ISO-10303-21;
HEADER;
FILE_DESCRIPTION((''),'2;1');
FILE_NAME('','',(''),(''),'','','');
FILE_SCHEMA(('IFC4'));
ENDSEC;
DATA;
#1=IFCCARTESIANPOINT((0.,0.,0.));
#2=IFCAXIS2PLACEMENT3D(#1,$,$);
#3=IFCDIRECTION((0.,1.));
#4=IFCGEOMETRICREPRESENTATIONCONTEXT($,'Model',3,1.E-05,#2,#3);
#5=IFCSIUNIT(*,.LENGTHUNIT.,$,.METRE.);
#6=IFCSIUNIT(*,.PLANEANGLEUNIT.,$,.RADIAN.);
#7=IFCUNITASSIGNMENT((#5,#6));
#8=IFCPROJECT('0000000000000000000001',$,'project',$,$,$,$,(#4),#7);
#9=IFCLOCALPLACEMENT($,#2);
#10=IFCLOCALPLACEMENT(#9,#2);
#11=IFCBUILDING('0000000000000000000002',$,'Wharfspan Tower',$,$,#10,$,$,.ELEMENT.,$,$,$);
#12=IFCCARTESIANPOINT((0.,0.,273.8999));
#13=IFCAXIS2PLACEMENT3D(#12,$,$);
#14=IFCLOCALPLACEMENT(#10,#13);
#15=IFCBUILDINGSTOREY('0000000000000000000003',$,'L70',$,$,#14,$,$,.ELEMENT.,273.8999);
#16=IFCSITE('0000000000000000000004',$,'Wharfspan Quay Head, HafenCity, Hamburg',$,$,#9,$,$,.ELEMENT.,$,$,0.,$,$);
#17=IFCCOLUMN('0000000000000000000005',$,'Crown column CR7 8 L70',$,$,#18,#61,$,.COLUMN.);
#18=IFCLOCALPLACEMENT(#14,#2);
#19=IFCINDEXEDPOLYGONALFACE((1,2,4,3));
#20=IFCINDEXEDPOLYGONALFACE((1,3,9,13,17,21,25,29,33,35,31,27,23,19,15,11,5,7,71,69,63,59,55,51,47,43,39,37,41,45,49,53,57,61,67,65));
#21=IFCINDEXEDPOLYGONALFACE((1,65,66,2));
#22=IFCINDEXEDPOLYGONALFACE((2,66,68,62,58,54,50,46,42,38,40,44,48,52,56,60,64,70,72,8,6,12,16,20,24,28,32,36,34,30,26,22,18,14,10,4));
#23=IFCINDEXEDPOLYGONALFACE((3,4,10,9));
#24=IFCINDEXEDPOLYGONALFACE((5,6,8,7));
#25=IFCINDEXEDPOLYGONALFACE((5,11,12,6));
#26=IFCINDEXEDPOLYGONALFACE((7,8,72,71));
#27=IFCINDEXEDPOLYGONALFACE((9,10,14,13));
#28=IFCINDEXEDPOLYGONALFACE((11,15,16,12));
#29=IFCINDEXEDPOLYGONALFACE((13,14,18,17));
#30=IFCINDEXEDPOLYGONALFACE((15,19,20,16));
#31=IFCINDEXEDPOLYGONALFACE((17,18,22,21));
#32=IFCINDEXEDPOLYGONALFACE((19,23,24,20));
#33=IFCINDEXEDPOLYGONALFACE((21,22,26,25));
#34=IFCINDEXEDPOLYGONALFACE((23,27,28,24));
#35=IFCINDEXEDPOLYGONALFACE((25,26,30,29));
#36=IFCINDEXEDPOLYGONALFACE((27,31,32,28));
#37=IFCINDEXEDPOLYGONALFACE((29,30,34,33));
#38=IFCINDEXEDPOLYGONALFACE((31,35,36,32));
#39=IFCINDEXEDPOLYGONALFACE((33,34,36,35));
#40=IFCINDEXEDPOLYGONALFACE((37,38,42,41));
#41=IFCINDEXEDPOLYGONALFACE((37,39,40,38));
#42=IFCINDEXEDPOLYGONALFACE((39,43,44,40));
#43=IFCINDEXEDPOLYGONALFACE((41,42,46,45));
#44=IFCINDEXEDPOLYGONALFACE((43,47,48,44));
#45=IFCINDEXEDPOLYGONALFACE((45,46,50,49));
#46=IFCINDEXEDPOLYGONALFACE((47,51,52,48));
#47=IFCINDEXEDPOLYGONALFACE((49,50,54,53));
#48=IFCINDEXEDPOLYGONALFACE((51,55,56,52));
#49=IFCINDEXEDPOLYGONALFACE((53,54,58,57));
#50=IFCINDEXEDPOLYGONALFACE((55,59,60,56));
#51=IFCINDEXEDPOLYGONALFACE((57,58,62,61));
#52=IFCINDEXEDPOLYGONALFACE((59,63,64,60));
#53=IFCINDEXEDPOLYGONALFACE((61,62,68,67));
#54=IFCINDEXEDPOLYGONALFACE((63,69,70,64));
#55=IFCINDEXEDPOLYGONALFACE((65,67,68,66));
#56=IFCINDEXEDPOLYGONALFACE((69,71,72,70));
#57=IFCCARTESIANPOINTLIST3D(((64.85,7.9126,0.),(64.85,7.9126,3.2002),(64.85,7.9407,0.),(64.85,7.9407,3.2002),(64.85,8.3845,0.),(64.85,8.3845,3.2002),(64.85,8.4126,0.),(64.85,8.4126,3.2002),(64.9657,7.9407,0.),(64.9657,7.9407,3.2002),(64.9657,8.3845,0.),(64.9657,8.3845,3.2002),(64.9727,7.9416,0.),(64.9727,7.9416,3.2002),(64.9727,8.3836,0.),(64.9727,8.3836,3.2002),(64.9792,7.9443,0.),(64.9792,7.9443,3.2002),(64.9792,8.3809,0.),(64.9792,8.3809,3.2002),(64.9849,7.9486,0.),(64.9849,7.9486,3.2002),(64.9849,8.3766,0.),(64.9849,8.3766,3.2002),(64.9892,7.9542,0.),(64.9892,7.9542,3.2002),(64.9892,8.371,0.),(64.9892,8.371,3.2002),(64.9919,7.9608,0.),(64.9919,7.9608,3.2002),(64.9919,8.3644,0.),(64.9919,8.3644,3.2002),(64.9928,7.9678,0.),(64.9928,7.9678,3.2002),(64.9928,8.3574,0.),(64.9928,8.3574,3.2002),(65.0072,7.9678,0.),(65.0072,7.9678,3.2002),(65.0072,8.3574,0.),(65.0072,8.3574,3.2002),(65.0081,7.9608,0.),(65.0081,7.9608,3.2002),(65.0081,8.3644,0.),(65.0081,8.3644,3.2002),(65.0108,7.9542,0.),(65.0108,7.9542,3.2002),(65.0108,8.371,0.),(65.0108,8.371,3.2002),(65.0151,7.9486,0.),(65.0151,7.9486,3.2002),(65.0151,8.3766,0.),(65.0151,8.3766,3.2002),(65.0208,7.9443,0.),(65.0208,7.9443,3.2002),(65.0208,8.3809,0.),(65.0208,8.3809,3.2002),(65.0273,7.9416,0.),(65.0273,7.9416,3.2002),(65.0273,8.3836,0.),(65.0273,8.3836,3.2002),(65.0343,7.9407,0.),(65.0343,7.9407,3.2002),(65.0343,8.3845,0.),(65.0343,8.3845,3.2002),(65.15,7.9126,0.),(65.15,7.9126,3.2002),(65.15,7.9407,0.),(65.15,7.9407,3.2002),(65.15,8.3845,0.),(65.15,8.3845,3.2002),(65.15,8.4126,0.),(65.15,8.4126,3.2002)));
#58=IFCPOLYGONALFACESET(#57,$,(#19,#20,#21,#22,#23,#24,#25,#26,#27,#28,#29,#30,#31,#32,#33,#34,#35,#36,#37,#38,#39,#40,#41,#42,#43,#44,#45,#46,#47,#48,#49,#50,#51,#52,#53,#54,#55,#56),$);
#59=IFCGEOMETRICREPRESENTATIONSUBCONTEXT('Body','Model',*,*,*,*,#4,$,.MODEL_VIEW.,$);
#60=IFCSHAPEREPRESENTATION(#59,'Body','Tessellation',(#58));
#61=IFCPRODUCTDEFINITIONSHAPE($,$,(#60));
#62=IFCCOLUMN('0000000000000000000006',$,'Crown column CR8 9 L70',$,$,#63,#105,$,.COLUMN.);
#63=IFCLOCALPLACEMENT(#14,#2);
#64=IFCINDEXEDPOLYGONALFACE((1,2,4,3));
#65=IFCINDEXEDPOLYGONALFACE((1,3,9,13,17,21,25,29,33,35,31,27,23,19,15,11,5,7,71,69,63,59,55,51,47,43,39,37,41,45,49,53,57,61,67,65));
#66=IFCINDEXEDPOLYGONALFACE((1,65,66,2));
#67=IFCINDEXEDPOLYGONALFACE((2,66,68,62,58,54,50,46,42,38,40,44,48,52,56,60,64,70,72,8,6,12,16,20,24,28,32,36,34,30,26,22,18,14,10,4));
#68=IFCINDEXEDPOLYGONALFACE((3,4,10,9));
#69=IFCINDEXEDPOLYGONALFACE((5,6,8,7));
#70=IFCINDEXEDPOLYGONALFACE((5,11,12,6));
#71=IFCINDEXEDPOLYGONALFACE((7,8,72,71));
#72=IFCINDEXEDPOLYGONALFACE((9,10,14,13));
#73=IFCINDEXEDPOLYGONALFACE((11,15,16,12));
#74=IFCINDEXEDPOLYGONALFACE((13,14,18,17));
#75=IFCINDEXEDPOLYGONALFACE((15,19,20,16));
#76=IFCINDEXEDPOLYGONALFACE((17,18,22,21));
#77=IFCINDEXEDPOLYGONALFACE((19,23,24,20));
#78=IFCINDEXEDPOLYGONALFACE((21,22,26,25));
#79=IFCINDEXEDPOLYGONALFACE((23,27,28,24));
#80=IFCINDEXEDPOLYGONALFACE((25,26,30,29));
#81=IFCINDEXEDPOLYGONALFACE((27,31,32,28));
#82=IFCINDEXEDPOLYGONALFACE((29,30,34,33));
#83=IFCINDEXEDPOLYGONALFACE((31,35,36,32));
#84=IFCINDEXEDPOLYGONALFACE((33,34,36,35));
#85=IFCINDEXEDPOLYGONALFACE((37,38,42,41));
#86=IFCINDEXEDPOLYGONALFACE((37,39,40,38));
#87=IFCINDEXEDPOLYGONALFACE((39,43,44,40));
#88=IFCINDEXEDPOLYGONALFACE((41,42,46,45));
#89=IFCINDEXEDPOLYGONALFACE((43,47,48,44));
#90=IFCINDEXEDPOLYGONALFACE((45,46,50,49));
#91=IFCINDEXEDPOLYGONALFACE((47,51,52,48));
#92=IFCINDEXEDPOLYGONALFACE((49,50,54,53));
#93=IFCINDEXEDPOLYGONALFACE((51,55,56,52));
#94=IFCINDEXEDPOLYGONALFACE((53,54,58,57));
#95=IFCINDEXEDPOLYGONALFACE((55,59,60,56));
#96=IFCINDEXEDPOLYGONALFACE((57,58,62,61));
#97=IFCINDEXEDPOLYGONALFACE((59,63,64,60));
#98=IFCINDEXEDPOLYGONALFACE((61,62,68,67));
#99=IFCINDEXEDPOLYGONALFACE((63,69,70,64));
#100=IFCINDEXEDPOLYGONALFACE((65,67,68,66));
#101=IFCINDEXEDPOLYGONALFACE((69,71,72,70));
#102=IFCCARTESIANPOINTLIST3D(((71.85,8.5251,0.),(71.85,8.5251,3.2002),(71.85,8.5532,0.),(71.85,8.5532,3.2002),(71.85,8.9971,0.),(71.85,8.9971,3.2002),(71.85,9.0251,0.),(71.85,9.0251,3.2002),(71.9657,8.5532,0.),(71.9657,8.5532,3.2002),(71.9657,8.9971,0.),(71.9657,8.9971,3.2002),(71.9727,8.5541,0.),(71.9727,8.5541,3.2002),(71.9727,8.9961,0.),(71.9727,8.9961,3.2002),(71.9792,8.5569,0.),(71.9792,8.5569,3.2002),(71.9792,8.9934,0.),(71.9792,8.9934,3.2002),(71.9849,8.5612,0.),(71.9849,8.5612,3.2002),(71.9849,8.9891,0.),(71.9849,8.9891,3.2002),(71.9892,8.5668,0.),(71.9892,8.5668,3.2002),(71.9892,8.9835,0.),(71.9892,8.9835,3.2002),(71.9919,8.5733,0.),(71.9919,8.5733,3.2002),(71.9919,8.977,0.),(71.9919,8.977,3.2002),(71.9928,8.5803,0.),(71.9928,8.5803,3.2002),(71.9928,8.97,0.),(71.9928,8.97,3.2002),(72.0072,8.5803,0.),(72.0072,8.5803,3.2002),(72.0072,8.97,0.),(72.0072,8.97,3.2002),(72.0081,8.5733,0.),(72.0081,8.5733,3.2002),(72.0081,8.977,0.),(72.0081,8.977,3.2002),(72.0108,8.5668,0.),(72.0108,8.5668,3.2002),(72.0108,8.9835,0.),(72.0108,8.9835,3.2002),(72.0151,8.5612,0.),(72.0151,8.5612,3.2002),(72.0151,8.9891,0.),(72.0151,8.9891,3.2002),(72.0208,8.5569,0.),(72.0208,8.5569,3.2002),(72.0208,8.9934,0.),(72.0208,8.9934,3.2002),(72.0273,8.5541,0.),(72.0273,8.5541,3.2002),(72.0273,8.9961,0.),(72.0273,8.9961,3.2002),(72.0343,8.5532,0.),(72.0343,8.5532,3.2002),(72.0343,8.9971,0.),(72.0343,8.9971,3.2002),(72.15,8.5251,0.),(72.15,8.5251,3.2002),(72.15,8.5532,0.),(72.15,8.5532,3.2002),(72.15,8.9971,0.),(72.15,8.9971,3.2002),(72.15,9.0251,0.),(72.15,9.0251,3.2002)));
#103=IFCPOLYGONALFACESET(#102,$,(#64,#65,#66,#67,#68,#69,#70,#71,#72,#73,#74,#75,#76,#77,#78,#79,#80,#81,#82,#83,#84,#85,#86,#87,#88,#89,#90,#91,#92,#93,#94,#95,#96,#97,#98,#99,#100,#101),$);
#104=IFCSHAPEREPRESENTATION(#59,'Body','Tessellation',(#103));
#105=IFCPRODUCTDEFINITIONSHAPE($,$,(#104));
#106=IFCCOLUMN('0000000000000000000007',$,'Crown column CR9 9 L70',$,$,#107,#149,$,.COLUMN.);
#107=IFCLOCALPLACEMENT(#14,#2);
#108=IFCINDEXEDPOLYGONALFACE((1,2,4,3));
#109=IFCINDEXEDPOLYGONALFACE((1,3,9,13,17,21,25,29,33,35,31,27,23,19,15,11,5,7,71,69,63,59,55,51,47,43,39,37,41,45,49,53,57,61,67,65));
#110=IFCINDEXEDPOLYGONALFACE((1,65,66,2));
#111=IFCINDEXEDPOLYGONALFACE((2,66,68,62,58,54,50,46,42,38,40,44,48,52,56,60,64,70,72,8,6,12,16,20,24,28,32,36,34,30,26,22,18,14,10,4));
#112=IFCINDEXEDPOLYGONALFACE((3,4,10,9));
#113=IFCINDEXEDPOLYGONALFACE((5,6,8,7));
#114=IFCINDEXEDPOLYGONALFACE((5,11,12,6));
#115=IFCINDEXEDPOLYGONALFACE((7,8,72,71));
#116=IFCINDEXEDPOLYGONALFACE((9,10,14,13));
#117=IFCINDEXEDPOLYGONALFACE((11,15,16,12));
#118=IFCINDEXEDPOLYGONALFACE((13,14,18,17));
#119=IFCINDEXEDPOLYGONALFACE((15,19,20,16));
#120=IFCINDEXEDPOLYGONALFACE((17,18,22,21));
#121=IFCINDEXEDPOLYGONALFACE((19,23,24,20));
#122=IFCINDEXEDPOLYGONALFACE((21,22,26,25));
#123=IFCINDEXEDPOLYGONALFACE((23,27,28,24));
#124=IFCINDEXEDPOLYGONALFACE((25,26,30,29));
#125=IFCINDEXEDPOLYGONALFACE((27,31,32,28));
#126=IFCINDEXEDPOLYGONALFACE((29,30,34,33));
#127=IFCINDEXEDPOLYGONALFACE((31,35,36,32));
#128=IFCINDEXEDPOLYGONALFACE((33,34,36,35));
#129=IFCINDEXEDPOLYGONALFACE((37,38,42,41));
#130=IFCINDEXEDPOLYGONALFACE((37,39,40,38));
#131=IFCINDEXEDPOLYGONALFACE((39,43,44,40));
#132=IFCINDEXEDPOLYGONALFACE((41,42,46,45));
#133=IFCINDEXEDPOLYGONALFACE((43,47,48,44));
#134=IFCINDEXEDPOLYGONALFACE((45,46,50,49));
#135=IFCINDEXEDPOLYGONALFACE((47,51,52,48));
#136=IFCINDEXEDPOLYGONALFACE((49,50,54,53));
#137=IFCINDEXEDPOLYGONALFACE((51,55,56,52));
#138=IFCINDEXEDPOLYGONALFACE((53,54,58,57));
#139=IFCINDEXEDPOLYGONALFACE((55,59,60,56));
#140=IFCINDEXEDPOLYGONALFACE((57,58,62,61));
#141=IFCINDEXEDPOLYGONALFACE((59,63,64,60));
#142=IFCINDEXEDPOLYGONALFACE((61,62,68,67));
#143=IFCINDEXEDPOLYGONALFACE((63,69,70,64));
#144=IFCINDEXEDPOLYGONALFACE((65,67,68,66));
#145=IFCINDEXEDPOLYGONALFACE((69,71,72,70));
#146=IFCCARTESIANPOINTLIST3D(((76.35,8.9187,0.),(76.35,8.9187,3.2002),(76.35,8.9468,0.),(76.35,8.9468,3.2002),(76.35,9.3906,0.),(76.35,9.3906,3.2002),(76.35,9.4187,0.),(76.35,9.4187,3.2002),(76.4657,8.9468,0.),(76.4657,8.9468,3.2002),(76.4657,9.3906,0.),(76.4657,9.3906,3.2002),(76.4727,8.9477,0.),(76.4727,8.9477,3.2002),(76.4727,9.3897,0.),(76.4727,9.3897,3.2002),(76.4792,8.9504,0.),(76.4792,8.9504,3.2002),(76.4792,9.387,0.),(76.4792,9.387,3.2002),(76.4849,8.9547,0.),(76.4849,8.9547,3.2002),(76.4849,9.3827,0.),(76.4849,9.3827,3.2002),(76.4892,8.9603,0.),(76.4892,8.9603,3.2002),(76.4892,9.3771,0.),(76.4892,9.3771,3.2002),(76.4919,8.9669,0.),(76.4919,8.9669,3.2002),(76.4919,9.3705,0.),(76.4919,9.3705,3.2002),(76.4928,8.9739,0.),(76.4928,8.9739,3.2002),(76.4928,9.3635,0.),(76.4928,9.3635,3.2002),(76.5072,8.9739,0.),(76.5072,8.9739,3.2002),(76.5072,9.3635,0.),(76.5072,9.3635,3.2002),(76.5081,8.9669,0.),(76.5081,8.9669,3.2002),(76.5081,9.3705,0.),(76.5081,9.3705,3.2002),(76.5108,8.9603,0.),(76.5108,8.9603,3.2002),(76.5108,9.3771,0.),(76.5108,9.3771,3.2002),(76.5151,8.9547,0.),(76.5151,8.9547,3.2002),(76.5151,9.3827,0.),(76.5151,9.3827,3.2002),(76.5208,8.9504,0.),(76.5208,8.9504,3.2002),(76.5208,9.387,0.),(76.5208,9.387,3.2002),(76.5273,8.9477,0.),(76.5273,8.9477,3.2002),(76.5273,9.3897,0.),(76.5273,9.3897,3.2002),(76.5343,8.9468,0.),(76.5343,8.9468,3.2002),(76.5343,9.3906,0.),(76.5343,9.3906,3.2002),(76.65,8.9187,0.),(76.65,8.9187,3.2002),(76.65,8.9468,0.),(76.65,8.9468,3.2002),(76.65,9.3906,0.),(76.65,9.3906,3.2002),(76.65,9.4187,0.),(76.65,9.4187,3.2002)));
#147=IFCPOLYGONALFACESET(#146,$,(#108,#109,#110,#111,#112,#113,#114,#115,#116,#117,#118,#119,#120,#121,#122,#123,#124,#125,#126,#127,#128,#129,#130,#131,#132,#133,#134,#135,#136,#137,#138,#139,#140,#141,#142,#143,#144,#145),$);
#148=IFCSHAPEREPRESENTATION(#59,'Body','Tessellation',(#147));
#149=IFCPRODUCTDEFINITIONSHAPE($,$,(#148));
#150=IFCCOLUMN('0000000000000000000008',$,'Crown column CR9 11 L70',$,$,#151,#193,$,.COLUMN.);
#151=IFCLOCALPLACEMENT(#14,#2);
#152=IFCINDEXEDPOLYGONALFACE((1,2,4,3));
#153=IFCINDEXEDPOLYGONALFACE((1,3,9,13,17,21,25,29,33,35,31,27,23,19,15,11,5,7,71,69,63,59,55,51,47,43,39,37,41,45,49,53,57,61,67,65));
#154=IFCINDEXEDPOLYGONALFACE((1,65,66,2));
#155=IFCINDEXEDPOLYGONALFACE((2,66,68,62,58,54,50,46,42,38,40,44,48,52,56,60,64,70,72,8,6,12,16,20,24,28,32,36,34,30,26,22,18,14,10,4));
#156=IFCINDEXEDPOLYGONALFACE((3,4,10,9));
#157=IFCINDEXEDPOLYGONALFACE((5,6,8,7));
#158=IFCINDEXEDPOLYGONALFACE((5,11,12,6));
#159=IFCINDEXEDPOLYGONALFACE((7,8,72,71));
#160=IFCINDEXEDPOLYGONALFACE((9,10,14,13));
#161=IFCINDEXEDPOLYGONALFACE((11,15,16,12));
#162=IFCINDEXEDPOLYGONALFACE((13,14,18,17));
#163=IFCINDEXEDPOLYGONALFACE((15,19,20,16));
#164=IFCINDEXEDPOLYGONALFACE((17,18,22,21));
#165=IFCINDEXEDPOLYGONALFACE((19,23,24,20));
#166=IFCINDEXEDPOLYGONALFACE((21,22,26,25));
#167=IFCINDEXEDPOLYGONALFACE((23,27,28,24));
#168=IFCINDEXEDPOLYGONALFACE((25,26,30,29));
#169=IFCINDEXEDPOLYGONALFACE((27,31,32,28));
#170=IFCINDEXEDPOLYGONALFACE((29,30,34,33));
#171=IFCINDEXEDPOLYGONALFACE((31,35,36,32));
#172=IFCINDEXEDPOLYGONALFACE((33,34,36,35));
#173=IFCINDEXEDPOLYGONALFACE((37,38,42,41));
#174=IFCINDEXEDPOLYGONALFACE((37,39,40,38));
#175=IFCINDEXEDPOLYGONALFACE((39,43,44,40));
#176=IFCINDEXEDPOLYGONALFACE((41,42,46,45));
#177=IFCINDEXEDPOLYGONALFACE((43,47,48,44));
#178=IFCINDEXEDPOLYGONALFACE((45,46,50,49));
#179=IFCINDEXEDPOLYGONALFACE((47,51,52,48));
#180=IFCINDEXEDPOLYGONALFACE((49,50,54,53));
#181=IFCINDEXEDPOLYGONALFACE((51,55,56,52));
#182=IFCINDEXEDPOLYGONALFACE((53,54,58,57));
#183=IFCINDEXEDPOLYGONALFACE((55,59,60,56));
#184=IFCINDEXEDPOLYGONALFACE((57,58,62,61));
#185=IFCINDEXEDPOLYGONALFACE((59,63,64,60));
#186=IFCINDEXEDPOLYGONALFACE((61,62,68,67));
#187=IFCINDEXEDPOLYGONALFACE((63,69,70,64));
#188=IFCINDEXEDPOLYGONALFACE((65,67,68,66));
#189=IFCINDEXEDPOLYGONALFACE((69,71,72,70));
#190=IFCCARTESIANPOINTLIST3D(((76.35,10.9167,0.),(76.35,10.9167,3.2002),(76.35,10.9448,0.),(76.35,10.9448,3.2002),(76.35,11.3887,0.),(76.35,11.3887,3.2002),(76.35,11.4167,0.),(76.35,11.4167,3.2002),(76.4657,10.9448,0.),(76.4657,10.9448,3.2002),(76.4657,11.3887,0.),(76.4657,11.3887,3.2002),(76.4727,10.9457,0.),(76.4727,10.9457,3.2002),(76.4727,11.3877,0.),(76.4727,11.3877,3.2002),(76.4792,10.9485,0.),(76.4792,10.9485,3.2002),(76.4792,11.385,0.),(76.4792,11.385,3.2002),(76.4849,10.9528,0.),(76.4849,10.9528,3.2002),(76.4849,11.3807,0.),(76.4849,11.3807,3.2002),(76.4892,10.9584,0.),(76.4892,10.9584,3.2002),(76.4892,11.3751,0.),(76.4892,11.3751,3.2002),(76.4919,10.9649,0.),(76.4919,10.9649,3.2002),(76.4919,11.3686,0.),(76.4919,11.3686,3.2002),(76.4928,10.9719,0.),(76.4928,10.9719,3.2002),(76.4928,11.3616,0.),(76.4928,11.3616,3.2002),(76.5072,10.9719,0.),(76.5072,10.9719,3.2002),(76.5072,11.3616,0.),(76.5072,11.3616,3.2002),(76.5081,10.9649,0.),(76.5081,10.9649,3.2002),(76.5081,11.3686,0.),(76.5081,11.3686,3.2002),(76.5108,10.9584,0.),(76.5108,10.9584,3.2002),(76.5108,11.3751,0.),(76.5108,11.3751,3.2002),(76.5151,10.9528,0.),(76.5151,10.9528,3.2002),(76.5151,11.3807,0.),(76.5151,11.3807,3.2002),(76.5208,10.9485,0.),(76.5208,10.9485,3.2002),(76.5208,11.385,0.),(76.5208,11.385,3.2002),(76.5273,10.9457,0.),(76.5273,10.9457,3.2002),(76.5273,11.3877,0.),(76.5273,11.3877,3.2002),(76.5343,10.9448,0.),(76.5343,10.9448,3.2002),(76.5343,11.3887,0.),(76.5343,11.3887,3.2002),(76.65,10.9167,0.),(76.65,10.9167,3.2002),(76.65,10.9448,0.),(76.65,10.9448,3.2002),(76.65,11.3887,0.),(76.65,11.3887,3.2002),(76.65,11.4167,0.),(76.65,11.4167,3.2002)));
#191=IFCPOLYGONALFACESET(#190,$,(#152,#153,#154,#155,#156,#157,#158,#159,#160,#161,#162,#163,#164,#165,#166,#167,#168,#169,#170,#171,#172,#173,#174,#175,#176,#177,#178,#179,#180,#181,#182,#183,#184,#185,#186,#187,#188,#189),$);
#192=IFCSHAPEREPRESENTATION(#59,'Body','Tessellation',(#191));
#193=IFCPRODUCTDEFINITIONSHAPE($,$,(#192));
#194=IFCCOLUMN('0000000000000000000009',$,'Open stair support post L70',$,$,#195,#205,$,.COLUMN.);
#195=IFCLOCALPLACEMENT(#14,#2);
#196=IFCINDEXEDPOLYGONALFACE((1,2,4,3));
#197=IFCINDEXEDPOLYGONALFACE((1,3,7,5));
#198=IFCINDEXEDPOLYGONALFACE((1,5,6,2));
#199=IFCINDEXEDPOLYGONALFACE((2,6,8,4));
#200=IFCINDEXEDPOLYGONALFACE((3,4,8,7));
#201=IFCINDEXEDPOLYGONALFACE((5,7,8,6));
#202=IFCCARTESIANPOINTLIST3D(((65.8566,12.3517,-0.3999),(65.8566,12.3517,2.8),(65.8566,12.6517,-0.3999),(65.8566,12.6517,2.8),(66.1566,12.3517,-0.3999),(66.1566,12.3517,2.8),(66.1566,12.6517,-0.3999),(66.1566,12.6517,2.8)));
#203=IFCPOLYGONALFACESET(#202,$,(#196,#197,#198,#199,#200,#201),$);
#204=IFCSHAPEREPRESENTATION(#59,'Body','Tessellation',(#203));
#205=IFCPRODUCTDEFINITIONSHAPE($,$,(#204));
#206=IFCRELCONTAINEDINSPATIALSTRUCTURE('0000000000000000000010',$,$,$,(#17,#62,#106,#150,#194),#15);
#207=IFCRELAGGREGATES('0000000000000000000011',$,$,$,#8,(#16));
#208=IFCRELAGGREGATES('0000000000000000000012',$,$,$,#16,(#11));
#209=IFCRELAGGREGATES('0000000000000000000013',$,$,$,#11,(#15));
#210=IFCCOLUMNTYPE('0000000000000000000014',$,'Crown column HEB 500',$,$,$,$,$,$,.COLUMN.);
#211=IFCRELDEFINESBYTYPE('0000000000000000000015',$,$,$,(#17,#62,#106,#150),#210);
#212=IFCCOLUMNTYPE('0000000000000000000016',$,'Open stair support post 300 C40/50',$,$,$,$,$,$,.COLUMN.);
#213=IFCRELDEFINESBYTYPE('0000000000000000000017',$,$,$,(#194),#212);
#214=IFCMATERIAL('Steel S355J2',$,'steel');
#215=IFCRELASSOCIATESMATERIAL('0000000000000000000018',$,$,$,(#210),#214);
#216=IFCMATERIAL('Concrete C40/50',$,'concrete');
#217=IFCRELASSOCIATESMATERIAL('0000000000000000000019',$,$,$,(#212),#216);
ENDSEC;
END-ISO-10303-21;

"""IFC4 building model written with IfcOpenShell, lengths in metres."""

from ifc_helpers import new_model, si_unit, direction, frame, origin, origin_2d, place, context, subcontext, project, spatial, rectangle, i_section, extrude, material, material_profile, profile_set, type_object, element, save


model = new_model("IFC4")

# Units and contexts
model_context = context("Model", 3, precision=1e-05, world=origin(), true_north=direction((0.0, 1.0)))
body_context = subcontext(model_context, "Body", "Model", "MODEL_VIEW")
ifc_project = project(units=[si_unit("LENGTHUNIT", "METRE"), si_unit("PLANEANGLEUNIT", "RADIAN")], contexts=[model_context])

# Site, building, storey
site_placement = place(None, origin())
site = spatial("IfcSite", under=ifc_project, at=site_placement, Name="Wharfspan Quay Head, HafenCity, Hamburg", CompositionType="ELEMENT", RefElevation=0.0)
building_placement = place(site_placement, origin())
building = spatial("IfcBuilding", under=site, at=building_placement, Name="Wharfspan Tower", CompositionType="ELEMENT")
storey_placement = place(building_placement, frame((0.0, 0.0, 273.8999)))
storey = spatial("IfcBuildingStorey", under=building, at=storey_placement, Name="L70", CompositionType="ELEMENT", Elevation=273.8999)

# Columns
ifc_material_1 = material(Name="Steel S355J2", Category="steel")
ifc_material_profile_1 = material_profile(ifc_material_1, i_section(OverallWidth=0.3, OverallDepth=0.5, WebThickness=0.0144, FlangeThickness=0.0281, FilletRadius=0.0271, at=origin_2d()))
ifc_profile_set_1 = profile_set([ifc_material_profile_1], Name="Steel S355J2")
column_type_1 = type_object("IfcColumnType", Name="Crown column HEB 500", PredefinedType="COLUMN", material=ifc_profile_set_1)
for number, where, z_axis, x_axis, name in (
    (1, (65.0, 8.1626, 0.0), (0.0, 0.0, 1.0), (1.0, 0.0, 0.0), "Crown column CR7 8 L70"),
    (2, (72.0, 8.7751, 0.0), (0.0, 0.0, 1.0), (1.0, 0.0, 0.0), "Crown column CR8 9 L70"),
    (3, (76.5, 9.1687, 0.0), (0.0, 0.0, 1.0), (1.0, 0.0, 0.0), "Crown column CR9 9 L70"),
    (4, (76.5, 11.1667, 0.0), (0.0, 0.0, 1.0), (1.0, 0.0, 0.0), "Crown column CR9 11 L70"),
):
    element("IfcColumn", number, at=place(storey_placement, frame(where, z_axis=z_axis, x_axis=x_axis)), inside=storey, type_object=column_type_1, Name=name, PredefinedType="COLUMN", context=body_context, shape_type="SweptSolid", body=[
        extrude(i_section(OverallWidth=0.3, OverallDepth=0.5, WebThickness=0.0144, FlangeThickness=0.0281, FilletRadius=0.0271, at=origin_2d()), origin(), (0.0, 0.0, 1.0), 3.2002),
    ])
ifc_material_2 = material(Name="Concrete C40/50", Category="concrete")
ifc_material_profile_2 = material_profile(ifc_material_2, rectangle(XDim=0.3, YDim=0.3, at=origin_2d()))
ifc_profile_set_2 = profile_set([ifc_material_profile_2], Name="Concrete C40/50")
column_type_2 = type_object("IfcColumnType", Name="Open stair support post 300 C40/50", PredefinedType="COLUMN", material=ifc_profile_set_2)
for number, where, z_axis, x_axis, name in (
    (5, (66.0066, 12.5017, -0.3999), (0.0, 0.0, 1.0), (1.0, 0.0, 0.0), "Open stair support post L70"),
):
    element("IfcColumn", number, at=place(storey_placement, frame(where, z_axis=z_axis, x_axis=x_axis)), inside=storey, type_object=column_type_2, Name=name, PredefinedType="COLUMN", context=body_context, shape_type="SweptSolid", body=[
        extrude(rectangle(XDim=0.3, YDim=0.3, at=origin_2d()), origin(), (0.0, 0.0, 1.0), 3.2),
    ])

save(model, "model.ifc")
